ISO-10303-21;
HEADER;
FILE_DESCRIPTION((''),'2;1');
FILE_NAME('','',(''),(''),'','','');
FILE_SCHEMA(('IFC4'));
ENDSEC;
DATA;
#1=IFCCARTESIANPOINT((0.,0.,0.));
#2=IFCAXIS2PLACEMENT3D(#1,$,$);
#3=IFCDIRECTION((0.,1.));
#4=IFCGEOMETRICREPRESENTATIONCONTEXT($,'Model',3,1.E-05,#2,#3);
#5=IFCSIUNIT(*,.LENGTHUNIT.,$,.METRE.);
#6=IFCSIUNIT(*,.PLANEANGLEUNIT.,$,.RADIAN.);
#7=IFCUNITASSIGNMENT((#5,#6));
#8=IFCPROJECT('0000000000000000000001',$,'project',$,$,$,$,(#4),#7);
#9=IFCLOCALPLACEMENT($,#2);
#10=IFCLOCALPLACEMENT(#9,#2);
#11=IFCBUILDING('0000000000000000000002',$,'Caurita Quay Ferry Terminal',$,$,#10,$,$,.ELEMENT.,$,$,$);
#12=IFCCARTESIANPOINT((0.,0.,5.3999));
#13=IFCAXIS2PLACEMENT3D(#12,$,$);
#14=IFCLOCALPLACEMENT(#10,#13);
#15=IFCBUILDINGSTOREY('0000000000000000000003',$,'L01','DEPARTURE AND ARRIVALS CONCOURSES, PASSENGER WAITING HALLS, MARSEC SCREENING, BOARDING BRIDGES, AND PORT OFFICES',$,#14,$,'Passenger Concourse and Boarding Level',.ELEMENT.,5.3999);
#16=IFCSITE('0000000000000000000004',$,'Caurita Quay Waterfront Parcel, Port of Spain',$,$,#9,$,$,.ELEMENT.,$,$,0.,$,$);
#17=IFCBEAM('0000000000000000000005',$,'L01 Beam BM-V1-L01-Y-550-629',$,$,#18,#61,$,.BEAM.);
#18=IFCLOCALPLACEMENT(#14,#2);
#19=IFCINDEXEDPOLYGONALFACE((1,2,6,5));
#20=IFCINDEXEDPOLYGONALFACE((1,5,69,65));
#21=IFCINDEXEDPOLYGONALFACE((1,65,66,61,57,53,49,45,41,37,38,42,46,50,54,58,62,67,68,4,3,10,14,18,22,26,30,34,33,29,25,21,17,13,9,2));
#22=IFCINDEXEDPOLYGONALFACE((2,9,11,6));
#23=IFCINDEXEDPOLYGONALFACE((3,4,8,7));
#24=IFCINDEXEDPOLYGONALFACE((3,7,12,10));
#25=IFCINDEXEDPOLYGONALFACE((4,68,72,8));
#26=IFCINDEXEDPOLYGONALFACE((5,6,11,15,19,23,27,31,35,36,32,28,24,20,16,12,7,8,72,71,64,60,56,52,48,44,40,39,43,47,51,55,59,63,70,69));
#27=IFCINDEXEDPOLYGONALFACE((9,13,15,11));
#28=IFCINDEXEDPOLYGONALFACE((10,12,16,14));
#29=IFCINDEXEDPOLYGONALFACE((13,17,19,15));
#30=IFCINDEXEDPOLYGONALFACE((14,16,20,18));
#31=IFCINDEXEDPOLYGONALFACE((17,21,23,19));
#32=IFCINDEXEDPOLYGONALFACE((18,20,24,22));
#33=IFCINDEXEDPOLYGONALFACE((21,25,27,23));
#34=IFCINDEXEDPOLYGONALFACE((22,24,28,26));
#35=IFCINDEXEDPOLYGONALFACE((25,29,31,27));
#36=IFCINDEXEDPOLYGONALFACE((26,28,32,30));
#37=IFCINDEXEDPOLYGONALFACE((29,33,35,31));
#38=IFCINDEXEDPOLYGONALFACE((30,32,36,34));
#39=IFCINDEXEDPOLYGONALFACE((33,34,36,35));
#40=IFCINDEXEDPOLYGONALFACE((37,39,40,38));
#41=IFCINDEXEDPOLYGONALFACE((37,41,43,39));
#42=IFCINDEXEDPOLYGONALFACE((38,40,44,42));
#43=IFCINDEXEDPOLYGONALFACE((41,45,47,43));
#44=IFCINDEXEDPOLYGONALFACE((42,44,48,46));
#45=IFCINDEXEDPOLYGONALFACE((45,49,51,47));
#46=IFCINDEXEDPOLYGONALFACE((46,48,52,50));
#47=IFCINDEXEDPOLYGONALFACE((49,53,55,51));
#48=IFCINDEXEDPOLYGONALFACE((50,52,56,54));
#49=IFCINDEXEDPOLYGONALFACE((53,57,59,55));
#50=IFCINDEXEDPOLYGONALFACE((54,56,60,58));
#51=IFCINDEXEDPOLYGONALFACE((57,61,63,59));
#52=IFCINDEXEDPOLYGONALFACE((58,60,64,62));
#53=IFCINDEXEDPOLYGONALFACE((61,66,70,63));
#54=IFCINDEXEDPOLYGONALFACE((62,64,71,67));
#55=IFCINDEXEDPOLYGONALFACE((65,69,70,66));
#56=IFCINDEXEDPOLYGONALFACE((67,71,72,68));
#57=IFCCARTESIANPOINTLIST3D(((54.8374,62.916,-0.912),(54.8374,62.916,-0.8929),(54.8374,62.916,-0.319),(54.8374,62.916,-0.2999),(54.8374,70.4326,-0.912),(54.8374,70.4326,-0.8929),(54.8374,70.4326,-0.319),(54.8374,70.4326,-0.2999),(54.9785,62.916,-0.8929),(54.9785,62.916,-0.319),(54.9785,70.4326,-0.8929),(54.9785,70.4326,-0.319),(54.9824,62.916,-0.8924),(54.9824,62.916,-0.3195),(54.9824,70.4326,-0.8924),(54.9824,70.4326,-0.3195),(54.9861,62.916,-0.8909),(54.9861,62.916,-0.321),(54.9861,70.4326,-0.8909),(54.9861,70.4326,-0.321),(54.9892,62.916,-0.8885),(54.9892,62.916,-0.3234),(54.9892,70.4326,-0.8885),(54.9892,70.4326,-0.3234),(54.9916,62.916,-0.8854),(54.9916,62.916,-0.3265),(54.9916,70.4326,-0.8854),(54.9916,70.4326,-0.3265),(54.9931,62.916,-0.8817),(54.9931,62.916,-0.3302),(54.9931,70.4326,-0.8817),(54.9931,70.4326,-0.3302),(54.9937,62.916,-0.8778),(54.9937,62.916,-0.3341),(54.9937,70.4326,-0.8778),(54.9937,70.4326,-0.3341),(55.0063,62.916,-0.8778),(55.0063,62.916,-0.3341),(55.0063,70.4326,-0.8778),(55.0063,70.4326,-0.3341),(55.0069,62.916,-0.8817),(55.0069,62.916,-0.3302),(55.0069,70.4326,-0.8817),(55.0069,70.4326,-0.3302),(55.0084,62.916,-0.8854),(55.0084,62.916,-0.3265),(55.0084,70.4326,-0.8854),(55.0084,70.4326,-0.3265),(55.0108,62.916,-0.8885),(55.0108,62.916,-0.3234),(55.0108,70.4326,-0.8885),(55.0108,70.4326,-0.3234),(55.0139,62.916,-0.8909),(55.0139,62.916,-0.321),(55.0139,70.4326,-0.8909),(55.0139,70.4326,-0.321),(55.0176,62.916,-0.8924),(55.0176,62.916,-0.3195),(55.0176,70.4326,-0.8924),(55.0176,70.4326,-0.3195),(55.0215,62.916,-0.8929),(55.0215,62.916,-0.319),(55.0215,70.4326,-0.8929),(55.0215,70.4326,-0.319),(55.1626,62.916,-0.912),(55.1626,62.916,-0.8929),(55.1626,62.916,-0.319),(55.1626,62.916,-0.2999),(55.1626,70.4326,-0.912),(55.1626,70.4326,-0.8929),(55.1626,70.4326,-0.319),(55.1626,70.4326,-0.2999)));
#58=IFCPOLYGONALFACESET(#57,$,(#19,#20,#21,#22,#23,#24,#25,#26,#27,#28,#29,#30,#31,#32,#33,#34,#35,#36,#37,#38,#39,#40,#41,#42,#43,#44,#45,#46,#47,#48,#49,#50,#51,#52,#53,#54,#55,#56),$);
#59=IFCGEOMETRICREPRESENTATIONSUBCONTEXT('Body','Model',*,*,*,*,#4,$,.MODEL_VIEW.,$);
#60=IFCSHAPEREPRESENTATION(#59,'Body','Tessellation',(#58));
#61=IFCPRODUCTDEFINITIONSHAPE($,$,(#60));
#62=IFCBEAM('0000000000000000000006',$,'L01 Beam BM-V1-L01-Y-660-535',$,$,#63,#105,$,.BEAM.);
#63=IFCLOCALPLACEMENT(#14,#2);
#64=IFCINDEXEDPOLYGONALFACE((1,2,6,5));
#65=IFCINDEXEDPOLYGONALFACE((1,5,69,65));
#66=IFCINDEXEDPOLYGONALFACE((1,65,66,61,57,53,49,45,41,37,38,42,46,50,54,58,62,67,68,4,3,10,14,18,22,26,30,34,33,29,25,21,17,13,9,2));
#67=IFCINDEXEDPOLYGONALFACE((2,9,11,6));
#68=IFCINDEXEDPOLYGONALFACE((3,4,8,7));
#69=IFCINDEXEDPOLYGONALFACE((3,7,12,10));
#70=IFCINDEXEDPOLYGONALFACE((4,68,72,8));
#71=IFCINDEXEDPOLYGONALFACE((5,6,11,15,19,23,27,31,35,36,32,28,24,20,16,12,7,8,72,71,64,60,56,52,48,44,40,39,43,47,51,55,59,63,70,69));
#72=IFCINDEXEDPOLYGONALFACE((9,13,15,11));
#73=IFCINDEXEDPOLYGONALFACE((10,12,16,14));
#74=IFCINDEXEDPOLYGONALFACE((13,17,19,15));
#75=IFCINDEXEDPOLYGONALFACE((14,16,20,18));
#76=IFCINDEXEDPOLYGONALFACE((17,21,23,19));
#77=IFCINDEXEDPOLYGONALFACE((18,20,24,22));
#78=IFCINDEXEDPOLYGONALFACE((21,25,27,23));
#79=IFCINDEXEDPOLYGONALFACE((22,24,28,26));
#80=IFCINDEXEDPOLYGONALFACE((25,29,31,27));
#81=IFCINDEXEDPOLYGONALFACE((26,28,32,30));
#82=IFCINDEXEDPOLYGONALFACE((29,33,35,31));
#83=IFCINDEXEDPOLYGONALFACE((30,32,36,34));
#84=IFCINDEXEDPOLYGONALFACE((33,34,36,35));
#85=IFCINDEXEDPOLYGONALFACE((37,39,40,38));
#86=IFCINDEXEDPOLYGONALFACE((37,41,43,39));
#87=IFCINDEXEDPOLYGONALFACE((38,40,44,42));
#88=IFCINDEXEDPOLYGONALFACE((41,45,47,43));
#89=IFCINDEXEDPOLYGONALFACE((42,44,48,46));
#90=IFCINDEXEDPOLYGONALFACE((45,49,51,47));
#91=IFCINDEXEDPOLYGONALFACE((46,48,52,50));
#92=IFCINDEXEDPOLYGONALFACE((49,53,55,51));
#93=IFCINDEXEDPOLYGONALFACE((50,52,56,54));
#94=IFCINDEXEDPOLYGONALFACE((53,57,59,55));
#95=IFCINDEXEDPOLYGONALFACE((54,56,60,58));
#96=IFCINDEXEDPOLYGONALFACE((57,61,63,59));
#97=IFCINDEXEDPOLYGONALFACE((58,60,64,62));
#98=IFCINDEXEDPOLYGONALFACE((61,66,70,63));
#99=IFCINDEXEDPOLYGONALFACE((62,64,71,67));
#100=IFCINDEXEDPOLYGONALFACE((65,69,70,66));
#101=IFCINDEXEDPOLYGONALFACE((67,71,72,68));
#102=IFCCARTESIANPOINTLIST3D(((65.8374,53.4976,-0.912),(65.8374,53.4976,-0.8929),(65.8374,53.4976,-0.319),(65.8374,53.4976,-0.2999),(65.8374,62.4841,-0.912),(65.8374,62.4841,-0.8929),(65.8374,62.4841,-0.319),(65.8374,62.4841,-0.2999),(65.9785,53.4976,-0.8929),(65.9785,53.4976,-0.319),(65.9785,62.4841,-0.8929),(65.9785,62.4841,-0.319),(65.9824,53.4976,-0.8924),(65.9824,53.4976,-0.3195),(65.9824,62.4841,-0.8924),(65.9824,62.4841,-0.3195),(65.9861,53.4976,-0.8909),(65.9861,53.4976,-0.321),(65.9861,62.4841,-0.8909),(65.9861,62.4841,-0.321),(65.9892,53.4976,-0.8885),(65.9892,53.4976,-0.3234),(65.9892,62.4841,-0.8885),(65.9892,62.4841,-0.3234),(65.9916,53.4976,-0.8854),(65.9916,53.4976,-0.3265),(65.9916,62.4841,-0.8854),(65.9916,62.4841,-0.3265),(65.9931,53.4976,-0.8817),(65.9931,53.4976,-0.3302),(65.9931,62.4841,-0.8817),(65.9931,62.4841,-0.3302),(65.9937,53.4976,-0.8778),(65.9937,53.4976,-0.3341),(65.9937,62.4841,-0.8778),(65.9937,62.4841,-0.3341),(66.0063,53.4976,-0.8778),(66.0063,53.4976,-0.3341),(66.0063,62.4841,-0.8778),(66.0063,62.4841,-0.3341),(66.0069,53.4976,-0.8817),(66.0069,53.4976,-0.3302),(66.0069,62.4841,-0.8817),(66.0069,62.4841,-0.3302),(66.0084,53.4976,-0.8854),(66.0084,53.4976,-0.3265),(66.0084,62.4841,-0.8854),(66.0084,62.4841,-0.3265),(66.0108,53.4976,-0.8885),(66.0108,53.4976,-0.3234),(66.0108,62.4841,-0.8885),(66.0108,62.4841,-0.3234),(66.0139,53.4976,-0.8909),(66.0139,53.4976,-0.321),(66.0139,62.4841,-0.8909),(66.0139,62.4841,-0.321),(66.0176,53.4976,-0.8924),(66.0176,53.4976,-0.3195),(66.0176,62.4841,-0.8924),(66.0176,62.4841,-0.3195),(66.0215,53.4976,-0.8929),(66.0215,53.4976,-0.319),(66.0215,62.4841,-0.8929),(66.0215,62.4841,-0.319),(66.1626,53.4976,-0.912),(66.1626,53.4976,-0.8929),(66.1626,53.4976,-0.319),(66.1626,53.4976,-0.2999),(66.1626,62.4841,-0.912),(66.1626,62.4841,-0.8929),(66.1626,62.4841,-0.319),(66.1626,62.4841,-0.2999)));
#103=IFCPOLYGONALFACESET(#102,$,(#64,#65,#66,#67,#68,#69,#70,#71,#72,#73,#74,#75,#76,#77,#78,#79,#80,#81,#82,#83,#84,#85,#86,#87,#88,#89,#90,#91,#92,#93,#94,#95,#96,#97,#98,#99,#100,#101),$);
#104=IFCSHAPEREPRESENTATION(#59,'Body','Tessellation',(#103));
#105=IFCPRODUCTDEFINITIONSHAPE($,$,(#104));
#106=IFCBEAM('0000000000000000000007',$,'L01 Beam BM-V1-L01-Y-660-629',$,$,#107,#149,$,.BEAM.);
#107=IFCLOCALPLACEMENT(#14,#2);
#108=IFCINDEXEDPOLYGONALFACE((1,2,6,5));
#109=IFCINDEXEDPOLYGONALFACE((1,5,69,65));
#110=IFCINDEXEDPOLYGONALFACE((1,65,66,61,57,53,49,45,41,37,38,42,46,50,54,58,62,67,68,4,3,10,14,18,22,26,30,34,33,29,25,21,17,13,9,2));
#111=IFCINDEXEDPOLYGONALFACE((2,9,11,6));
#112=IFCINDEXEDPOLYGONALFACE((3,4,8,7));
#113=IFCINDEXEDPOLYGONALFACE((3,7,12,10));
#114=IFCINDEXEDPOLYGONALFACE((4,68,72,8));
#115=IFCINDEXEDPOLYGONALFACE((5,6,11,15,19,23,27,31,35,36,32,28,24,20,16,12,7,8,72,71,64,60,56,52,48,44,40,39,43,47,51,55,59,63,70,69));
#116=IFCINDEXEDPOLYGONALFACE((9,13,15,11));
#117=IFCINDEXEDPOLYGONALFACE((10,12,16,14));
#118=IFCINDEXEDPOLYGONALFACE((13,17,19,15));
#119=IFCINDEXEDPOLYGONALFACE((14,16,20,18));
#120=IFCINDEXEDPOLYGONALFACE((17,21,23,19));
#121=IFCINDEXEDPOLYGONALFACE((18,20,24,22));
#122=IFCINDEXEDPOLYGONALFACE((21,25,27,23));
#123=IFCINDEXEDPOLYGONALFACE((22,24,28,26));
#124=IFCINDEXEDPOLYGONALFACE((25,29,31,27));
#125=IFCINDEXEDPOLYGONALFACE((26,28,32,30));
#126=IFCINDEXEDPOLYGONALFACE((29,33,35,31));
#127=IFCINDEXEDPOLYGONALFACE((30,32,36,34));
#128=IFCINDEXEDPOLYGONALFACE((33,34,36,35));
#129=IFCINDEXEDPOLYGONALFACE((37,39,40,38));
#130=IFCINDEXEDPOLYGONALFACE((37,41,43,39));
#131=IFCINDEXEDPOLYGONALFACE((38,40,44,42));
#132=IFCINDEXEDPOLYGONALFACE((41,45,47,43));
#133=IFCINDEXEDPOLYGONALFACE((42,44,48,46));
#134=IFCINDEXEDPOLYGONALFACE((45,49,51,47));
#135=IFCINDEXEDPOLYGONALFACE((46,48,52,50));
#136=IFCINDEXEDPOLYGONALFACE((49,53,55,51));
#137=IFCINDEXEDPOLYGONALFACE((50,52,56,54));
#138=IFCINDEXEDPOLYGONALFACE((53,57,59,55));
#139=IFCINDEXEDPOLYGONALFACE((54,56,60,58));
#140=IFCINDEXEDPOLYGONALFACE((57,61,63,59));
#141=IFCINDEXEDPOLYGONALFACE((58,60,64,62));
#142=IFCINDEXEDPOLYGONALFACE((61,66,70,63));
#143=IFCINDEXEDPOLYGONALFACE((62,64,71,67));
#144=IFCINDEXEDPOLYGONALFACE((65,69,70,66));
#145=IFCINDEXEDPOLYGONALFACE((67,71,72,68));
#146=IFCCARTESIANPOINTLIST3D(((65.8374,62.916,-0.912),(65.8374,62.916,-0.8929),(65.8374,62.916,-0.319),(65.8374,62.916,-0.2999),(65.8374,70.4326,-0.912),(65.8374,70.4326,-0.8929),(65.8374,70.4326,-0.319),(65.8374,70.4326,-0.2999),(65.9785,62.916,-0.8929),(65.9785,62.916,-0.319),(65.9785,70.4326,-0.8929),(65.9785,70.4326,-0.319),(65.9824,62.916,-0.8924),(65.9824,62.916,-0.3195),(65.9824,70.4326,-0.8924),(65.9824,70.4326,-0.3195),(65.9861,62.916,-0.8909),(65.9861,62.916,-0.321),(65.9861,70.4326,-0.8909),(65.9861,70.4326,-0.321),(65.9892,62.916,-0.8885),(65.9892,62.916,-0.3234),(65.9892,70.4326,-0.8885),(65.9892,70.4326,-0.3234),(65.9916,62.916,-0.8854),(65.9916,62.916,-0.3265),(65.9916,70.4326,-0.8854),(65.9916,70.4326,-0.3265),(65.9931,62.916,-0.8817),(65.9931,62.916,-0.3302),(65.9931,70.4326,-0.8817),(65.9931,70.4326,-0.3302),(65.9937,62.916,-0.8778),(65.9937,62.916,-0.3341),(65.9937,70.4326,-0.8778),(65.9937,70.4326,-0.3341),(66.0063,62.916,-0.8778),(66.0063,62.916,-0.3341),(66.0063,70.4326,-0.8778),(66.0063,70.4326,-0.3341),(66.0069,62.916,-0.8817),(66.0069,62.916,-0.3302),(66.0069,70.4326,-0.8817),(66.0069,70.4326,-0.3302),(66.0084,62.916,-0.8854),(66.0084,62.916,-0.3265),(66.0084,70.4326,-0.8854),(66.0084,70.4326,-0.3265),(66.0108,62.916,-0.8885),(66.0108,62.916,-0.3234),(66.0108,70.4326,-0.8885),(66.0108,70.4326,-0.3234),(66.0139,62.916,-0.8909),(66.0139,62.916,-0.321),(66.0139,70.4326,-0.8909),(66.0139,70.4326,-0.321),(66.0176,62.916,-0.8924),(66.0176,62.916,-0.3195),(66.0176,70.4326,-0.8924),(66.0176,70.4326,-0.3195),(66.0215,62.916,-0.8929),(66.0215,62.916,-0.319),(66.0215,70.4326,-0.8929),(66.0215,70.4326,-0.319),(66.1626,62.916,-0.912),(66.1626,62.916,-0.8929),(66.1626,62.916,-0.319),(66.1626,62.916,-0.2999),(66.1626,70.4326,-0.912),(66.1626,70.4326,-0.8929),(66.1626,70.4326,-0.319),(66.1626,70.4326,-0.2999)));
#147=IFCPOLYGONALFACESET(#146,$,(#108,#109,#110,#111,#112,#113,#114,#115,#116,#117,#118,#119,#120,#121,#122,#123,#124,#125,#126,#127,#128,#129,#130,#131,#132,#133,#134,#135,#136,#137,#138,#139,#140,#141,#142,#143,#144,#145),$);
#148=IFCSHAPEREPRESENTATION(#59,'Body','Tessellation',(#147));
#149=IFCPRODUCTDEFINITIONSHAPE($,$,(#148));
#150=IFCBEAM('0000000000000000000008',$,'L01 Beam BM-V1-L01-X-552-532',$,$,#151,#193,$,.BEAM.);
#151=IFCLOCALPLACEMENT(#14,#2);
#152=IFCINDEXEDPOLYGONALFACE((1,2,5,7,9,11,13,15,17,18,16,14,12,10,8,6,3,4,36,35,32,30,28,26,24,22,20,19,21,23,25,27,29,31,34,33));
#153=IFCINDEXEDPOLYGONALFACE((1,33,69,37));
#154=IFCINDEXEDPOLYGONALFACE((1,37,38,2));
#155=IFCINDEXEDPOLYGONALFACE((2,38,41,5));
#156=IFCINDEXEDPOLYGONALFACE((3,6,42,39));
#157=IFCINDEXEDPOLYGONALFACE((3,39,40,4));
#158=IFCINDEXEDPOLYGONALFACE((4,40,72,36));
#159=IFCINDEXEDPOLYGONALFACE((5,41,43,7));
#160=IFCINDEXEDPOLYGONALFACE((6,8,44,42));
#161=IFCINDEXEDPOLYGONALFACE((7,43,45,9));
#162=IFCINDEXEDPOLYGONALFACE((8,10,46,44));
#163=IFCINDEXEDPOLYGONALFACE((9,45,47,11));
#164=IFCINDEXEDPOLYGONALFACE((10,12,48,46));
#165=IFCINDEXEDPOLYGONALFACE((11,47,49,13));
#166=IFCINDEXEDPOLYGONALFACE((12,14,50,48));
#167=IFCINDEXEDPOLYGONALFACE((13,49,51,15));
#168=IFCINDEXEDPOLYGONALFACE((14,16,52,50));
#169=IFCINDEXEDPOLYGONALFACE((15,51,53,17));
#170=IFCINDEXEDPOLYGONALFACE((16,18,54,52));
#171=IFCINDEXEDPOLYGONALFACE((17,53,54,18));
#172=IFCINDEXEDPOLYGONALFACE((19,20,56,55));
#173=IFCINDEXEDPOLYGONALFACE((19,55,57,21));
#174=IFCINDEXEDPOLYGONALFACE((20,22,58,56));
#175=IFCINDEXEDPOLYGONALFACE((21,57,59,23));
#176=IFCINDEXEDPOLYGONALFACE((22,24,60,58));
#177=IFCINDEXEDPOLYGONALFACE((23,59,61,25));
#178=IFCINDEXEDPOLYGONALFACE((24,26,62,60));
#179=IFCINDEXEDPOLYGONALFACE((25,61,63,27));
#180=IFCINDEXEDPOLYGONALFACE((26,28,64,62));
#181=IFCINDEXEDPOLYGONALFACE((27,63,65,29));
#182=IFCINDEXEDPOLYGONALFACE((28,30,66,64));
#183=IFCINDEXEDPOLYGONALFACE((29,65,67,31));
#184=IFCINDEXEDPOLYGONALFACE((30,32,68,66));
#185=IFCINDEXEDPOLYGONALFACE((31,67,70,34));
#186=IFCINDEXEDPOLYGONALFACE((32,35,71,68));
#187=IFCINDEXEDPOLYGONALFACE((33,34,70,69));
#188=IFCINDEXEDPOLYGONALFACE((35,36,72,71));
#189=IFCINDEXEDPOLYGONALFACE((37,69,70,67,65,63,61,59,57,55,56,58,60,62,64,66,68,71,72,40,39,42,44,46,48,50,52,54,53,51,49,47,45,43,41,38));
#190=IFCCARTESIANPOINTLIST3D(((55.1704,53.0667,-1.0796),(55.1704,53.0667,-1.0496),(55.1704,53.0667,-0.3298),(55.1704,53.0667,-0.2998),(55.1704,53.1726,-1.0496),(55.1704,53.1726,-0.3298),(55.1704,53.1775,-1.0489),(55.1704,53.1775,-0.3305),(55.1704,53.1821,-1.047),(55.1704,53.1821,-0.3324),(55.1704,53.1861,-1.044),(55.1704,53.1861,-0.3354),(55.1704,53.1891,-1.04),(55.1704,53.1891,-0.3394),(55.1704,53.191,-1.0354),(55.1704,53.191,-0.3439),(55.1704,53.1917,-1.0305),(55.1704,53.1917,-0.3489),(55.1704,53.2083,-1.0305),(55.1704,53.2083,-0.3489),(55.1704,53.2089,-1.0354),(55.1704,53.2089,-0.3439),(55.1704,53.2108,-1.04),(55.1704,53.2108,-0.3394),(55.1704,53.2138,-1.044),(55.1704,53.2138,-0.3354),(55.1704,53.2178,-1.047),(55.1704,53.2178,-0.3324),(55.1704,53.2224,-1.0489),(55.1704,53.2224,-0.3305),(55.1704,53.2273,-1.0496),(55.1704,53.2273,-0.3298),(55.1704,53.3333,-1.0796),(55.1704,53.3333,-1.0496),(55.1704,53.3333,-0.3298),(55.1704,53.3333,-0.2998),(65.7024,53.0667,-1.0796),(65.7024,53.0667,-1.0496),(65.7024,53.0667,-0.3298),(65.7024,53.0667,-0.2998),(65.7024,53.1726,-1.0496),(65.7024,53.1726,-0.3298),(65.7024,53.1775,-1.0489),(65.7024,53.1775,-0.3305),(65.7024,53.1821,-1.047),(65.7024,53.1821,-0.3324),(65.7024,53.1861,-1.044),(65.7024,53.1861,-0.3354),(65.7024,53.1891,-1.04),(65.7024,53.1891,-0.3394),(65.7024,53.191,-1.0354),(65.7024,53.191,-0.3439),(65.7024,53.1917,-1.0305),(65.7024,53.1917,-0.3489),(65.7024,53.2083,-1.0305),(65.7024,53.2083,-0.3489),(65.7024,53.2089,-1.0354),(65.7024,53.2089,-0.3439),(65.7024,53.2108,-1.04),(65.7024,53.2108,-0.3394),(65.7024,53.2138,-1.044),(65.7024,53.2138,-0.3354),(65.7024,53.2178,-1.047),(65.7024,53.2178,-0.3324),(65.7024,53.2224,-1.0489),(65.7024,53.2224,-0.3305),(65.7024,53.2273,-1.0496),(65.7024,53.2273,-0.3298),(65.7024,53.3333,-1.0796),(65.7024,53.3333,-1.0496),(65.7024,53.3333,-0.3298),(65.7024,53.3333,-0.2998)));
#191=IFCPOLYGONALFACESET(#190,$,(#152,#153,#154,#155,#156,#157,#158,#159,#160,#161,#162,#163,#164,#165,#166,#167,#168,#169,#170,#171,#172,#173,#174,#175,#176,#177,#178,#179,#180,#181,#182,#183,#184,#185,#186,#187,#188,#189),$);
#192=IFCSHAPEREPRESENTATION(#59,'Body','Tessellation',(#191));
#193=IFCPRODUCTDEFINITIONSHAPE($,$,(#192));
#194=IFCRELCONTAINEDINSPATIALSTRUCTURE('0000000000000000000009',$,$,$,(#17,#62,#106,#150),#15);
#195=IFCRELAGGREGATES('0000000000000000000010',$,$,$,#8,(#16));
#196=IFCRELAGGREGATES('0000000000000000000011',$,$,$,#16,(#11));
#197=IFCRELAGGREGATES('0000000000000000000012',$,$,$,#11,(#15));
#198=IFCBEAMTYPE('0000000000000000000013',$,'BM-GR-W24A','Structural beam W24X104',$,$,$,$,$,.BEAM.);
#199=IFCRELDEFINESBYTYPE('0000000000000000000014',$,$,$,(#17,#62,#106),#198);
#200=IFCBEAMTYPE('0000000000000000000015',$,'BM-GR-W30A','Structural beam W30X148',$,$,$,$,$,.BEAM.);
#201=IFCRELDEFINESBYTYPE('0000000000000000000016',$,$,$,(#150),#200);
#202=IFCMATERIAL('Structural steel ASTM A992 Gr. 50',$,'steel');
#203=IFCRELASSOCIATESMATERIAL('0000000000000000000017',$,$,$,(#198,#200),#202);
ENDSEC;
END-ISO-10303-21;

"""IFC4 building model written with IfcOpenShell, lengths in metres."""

from ifc_helpers import new_model, si_unit, direction, frame, origin, origin_2d, place, context, subcontext, project, spatial, i_section, extrude, material, material_profile, profile_set, type_object, element, save


model = new_model("IFC4")

# Units and contexts
model_context = context("Model", 3, precision=1e-05, world=origin(), true_north=direction((0.0, 1.0)))
body_context = subcontext(model_context, "Body", "Model", "MODEL_VIEW")
ifc_project = project(units=[si_unit("LENGTHUNIT", "METRE"), si_unit("PLANEANGLEUNIT", "RADIAN")], contexts=[model_context])

# Site, building, storey
site_placement = place(None, origin())
site = spatial("IfcSite", under=ifc_project, at=site_placement, Name="Caurita Quay Waterfront Parcel, Port of Spain", CompositionType="ELEMENT", RefElevation=0.0)
building_placement = place(site_placement, origin())
building = spatial("IfcBuilding", under=site, at=building_placement, Name="Caurita Quay Ferry Terminal", CompositionType="ELEMENT")
storey_placement = place(building_placement, frame((0.0, 0.0, 5.3999)))
storey = spatial("IfcBuildingStorey", under=building, at=storey_placement, Name="L01", Description="DEPARTURE AND ARRIVALS CONCOURSES, PASSENGER WAITING HALLS, MARSEC SCREENING, BOARDING BRIDGES, AND PORT OFFICES", LongName="Passenger Concourse and Boarding Level", CompositionType="ELEMENT", Elevation=5.3999)

# Beams
ifc_material_1 = material(Name="Structural steel ASTM A992 Gr. 50", Category="steel")
ifc_material_profile_1 = material_profile(ifc_material_1, i_section(OverallWidth=0.3252, OverallDepth=0.6121, WebThickness=0.0127, FlangeThickness=0.019, FilletRadius=0.0151, at=origin_2d()), Name="W24X104")
ifc_profile_set_1 = profile_set([ifc_material_profile_1], Name="Structural steel ASTM A992 Gr. 50")
beam_type_1 = type_object("IfcBeamType", Name="BM-GR-W24A", Description="Structural beam W24X104", PredefinedType="BEAM", material=ifc_profile_set_1)
beam_1_placement = place(storey_placement, frame((55.0, 62.916, -0.606), z_axis=(0.0, 1.0, 0.0), x_axis=(-1.0, 0.0, 0.0)))
element("IfcBeam", 1, at=beam_1_placement, inside=storey, type_object=beam_type_1, Name="L01 Beam BM-V1-L01-Y-550-629", PredefinedType="BEAM", context=body_context, shape_type="SweptSolid", body=[
    extrude(i_section(OverallWidth=0.3252, OverallDepth=0.6121, WebThickness=0.0127, FlangeThickness=0.019, FilletRadius=0.0151, at=origin_2d()), origin(), (0.0, 0.0, 1.0), 7.5166),
])
beam_2_placement = place(storey_placement, frame((66.0, 53.4976, -0.606), z_axis=(0.0, 1.0, 0.0), x_axis=(-1.0, 0.0, 0.0)))
element("IfcBeam", 2, at=beam_2_placement, inside=storey, type_object=beam_type_1, Name="L01 Beam BM-V1-L01-Y-660-535", PredefinedType="BEAM", context=body_context, shape_type="SweptSolid", body=[
    extrude(i_section(OverallWidth=0.3252, OverallDepth=0.6121, WebThickness=0.0127, FlangeThickness=0.019, FilletRadius=0.0151, at=origin_2d()), origin(), (0.0, 0.0, 1.0), 8.9866),
])
beam_3_placement = place(storey_placement, frame((66.0, 62.916, -0.606), z_axis=(0.0, 1.0, 0.0), x_axis=(-1.0, 0.0, 0.0)))
element("IfcBeam", 3, at=beam_3_placement, inside=storey, type_object=beam_type_1, Name="L01 Beam BM-V1-L01-Y-660-629", PredefinedType="BEAM", context=body_context, shape_type="SweptSolid", body=[
    extrude(i_section(OverallWidth=0.3252, OverallDepth=0.6121, WebThickness=0.0127, FlangeThickness=0.019, FilletRadius=0.0151, at=origin_2d()), origin(), (0.0, 0.0, 1.0), 7.5166),
])
ifc_material_profile_2 = material_profile(ifc_material_1, i_section(OverallWidth=0.2666, OverallDepth=0.7798, WebThickness=0.0166, FlangeThickness=0.03, FilletRadius=0.019, at=origin_2d()), Name="W30X148")
ifc_profile_set_2 = profile_set([ifc_material_profile_2], Name="Structural steel ASTM A992 Gr. 50")
beam_type_2 = type_object("IfcBeamType", Name="BM-GR-W30A", Description="Structural beam W30X148", PredefinedType="BEAM", material=ifc_profile_set_2)
for number, where, z_axis, x_axis, name in (
    (4, (55.1704, 53.2, -0.6897), (1.0, 0.0, 0.0), (0.0, 1.0, 0.0), "L01 Beam BM-V1-L01-X-552-532"),
):
    element("IfcBeam", number, at=place(storey_placement, frame(where, z_axis=z_axis, x_axis=x_axis)), inside=storey, type_object=beam_type_2, Name=name, PredefinedType="BEAM", context=body_context, shape_type="SweptSolid", body=[
        extrude(i_section(OverallWidth=0.2666, OverallDepth=0.7798, WebThickness=0.0166, FlangeThickness=0.03, FilletRadius=0.019, at=origin_2d()), origin(), (0.0, 0.0, 1.0), 10.532),
    ])

save(model, "model.ifc")
